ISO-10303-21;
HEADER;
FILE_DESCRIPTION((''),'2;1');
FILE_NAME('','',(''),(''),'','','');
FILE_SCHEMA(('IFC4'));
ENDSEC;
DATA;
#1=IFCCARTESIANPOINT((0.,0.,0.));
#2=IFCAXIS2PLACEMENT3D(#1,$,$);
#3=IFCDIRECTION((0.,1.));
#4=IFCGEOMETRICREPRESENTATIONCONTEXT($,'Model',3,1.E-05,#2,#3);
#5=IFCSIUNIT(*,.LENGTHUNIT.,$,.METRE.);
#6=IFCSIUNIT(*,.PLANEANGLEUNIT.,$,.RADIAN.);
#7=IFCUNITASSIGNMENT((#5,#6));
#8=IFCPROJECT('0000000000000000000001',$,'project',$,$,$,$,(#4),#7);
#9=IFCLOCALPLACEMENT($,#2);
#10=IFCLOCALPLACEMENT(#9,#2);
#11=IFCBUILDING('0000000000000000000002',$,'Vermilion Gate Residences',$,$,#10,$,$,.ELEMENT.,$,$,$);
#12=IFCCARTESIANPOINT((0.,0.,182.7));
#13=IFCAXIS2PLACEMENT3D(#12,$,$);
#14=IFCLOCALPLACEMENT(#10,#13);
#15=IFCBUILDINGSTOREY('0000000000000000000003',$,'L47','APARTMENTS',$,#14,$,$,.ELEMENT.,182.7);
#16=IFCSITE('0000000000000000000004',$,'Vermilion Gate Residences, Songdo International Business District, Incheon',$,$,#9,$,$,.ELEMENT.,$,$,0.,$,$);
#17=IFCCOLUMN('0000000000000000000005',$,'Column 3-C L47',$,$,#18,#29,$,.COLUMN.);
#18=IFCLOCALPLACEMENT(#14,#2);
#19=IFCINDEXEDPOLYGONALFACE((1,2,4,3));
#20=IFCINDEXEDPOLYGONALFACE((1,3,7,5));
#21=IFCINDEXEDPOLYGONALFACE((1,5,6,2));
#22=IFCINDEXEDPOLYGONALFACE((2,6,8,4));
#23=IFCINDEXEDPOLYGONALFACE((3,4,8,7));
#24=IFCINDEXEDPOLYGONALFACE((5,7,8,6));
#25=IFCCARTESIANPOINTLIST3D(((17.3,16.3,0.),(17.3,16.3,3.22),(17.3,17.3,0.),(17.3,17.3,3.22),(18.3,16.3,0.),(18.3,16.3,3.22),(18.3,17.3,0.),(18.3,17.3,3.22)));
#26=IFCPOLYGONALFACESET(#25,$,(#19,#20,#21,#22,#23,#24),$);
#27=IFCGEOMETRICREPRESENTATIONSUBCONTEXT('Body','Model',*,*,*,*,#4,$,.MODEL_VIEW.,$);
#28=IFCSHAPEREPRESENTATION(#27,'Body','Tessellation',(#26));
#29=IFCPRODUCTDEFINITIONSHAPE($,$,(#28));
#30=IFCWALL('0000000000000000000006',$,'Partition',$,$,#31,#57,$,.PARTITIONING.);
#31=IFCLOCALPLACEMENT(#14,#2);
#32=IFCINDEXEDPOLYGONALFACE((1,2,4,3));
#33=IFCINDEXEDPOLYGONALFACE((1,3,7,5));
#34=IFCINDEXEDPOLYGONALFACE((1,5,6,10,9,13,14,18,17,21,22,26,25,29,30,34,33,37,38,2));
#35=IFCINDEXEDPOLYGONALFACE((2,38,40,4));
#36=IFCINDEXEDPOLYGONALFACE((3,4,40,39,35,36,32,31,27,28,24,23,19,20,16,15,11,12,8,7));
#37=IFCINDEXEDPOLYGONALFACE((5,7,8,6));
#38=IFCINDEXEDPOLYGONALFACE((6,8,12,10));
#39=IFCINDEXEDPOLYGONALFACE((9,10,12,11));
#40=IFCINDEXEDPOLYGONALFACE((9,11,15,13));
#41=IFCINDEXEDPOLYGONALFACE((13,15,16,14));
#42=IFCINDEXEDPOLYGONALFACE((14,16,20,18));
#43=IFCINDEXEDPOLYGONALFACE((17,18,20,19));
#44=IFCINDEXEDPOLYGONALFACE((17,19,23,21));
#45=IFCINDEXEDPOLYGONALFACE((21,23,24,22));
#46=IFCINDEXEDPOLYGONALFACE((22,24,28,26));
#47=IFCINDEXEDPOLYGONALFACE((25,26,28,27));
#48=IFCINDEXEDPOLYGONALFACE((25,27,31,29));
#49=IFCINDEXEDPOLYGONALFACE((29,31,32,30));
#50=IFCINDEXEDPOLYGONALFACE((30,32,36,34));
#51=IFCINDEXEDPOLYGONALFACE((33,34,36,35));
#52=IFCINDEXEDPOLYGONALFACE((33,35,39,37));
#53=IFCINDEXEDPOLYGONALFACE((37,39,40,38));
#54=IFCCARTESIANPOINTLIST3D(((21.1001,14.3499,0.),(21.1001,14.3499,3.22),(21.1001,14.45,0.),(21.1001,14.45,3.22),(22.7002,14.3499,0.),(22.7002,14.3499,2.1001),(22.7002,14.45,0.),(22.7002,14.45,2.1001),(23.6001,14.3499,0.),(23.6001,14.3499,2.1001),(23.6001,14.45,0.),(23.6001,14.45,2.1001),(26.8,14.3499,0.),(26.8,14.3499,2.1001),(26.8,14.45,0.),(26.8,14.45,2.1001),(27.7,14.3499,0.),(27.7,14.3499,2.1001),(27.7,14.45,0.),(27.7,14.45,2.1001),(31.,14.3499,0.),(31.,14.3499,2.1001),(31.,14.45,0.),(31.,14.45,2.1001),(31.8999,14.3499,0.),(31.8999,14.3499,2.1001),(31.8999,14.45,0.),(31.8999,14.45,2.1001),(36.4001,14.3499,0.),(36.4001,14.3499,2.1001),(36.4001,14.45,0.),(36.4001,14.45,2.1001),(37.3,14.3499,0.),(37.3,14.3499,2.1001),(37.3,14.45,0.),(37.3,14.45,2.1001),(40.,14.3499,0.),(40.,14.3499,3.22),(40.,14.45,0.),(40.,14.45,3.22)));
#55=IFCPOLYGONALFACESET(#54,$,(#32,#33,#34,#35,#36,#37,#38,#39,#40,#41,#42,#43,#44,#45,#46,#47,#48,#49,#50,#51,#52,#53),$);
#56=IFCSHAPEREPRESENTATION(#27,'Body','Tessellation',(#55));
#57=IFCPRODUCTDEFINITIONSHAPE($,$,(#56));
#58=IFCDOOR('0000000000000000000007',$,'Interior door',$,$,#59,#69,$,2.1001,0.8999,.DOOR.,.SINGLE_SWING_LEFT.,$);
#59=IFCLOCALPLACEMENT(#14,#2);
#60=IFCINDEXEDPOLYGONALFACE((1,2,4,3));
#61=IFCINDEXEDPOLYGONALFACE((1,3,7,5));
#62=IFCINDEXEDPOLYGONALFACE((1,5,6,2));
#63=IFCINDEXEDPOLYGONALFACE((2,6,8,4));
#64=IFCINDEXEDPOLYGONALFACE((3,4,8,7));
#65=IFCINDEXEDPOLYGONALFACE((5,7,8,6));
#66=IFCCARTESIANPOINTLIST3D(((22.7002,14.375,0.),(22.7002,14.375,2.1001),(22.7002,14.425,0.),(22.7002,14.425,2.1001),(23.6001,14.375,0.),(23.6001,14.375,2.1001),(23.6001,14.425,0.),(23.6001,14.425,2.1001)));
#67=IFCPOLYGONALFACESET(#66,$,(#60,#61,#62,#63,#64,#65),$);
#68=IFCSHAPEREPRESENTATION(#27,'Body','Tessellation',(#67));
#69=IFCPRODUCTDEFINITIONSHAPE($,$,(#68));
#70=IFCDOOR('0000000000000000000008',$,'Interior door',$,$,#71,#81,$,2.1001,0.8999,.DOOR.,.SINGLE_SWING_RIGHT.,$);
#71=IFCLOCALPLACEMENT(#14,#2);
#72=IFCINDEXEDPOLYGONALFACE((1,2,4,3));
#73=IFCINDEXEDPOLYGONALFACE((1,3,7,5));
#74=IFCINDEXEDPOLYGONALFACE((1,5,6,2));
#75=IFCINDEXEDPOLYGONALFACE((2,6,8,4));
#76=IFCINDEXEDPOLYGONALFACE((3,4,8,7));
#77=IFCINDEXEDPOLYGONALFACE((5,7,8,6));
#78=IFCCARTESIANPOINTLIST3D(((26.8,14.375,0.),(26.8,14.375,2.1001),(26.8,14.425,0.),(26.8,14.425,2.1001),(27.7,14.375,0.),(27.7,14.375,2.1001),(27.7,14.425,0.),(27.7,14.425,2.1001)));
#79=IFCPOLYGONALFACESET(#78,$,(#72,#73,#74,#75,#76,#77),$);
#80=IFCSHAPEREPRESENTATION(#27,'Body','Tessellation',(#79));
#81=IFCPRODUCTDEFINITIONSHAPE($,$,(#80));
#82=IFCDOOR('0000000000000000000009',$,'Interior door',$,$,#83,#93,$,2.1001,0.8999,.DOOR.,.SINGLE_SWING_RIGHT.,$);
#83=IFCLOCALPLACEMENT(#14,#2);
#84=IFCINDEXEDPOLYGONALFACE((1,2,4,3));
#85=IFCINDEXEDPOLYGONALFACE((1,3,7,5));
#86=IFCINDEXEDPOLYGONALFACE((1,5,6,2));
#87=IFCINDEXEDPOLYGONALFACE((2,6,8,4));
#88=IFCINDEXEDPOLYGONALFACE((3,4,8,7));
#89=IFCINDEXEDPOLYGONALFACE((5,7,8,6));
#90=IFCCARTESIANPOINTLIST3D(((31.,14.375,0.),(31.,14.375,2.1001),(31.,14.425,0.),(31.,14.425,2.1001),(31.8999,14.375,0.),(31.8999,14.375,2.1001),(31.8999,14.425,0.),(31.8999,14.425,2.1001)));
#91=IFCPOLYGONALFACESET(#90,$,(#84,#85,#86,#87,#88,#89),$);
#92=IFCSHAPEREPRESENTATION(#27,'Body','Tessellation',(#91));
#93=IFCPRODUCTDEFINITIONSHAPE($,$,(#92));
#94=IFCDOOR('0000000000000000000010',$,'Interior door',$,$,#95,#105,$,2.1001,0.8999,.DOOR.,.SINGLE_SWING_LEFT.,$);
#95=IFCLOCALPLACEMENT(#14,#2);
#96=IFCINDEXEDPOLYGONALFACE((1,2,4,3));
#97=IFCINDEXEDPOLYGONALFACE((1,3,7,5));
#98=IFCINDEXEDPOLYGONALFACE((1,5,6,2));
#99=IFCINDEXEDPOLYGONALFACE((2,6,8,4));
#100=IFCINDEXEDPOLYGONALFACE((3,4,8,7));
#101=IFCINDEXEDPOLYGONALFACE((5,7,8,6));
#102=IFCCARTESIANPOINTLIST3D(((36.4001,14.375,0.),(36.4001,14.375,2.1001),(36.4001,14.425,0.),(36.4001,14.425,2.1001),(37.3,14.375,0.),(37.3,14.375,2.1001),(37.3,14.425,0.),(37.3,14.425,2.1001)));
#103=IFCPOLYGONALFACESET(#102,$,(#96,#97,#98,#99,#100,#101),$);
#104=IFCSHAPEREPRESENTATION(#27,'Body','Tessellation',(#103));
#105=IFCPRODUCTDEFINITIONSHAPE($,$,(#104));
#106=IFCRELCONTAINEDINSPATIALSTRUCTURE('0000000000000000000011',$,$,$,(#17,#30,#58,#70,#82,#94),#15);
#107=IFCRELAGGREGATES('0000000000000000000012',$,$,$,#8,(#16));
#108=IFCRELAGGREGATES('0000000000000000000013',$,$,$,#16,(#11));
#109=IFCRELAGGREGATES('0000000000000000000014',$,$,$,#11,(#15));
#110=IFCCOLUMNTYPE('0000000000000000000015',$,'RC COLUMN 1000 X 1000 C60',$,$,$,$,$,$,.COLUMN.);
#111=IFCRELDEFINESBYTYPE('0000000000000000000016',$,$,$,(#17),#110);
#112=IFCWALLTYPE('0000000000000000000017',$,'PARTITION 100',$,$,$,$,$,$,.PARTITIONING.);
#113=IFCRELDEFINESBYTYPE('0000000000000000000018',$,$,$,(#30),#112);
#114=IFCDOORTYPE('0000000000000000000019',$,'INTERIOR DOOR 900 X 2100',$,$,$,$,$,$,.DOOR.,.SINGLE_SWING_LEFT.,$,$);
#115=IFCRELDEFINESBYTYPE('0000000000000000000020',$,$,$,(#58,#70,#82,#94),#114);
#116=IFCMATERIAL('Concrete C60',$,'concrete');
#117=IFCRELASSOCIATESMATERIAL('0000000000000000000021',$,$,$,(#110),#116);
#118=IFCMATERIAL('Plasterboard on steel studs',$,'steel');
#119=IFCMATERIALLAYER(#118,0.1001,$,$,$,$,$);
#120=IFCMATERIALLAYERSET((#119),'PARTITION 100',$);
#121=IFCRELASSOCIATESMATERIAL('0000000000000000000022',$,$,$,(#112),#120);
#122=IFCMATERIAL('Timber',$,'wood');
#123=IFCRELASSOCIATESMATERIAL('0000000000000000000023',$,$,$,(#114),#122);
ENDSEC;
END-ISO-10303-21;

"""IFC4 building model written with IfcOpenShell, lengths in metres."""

from ifc_helpers import new_model, si_unit, direction, frame, frame_2d, origin, origin_2d, place, context, subcontext, project, spatial, rectangle, extrude, material, layer, layer_set, material_profile, profile_set, type_object, element, fill, save


model = new_model("IFC4")

# Units and contexts
model_context = context("Model", 3, precision=1e-05, world=origin(), true_north=direction((0.0, 1.0)))
body_context = subcontext(model_context, "Body", "Model", "MODEL_VIEW")
ifc_project = project(units=[si_unit("LENGTHUNIT", "METRE"), si_unit("PLANEANGLEUNIT", "RADIAN")], contexts=[model_context])

# Site, building, storey
site_placement = place(None, origin())
site = spatial("IfcSite", under=ifc_project, at=site_placement, Name="Vermilion Gate Residences, Songdo International Business District, Incheon", CompositionType="ELEMENT", RefElevation=0.0)
building_placement = place(site_placement, origin())
building = spatial("IfcBuilding", under=site, at=building_placement, Name="Vermilion Gate Residences", CompositionType="ELEMENT")
storey_placement = place(building_placement, frame((0.0, 0.0, 182.7)))
storey = spatial("IfcBuildingStorey", under=building, at=storey_placement, Name="L47", Description="APARTMENTS", CompositionType="ELEMENT", Elevation=182.7)

# Column
ifc_material_1 = material(Name="Concrete C60", Category="concrete")
ifc_material_profile = material_profile(ifc_material_1, rectangle(XDim=1.0, YDim=1.0, at=origin_2d()), Name="RC-1000x1000")
ifc_profile_set = profile_set([ifc_material_profile], Name="Concrete C60")
column_type = type_object("IfcColumnType", Name="RC COLUMN 1000 X 1000 C60", PredefinedType="COLUMN", material=ifc_profile_set)
column_placement = place(storey_placement, frame((17.8, 16.8, 0.0), z_axis=(0.0, 0.0, 1.0), x_axis=(1.0, 0.0, 0.0)))
element("IfcColumn", 1, at=column_placement, inside=storey, type_object=column_type, Name="Column 3-C L47", PredefinedType="COLUMN", context=body_context, shape_type="SweptSolid", body=[
    extrude(rectangle(XDim=1.0, YDim=1.0, at=origin_2d()), origin(), (0.0, 0.0, 1.0), 3.22),
])

# Wall, openings, doors
ifc_material_2 = material(Name="Plasterboard on steel studs", Category="steel")
ifc_layer_1 = layer(ifc_material_2, 0.1001)
ifc_layer_set_1 = layer_set([ifc_layer_1], Name="PARTITION 100")
wall_type_1 = type_object("IfcWallType", Name="PARTITION 100", PredefinedType="PARTITIONING", material=ifc_layer_set_1)
wall_1_placement = place(storey_placement, frame((21.1001, 14.3999, 0.0), z_axis=(0.0, 0.0, 1.0), x_axis=(1.0, 0.0, 0.0)))
wall_1 = element("IfcWall", 2, at=wall_1_placement, inside=storey, type_object=wall_type_1, Name="Partition", PredefinedType="PARTITIONING", context=body_context, shape_type="SweptSolid", body=[
    extrude(rectangle(XDim=18.8999, YDim=0.1001, at=frame_2d((9.45, 0.0))), origin(), (0.0, 0.0, 1.0), 3.22),
])
opening_1_placement = place(wall_1_placement, frame((1.6001, 0.0, 0.0)))
opening_1 = element("IfcOpeningElement", 3, at=opening_1_placement, cuts=wall_1, PredefinedType="OPENING", context=body_context, shape_type="SweptSolid", body=[
    extrude(rectangle(XDim=0.8999, YDim=2.1001, at=frame_2d((0.45, 1.05))), frame((0.0, 0.0601, 0.0), z_axis=(0.0, -1.0, 0.0), x_axis=(1.0, 0.0, 0.0)), (0.0, 0.0, 1.0), 0.1201),
])
opening_2_placement = place(wall_1_placement, frame((5.7, 0.0, 0.0)))
opening_2 = element("IfcOpeningElement", 4, at=opening_2_placement, cuts=wall_1, PredefinedType="OPENING", context=body_context, shape_type="SweptSolid", body=[
    extrude(rectangle(XDim=0.8999, YDim=2.1001, at=frame_2d((0.45, 1.05))), frame((0.0, 0.0601, 0.0), z_axis=(0.0, -1.0, 0.0), x_axis=(1.0, 0.0, 0.0)), (0.0, 0.0, 1.0), 0.1201),
])
opening_3_placement = place(wall_1_placement, frame((9.8999, 0.0, 0.0)))
opening_3 = element("IfcOpeningElement", 5, at=opening_3_placement, cuts=wall_1, PredefinedType="OPENING", context=body_context, shape_type="SweptSolid", body=[
    extrude(rectangle(XDim=0.8999, YDim=2.1001, at=frame_2d((0.45, 1.05))), frame((0.0, 0.0601, 0.0), z_axis=(0.0, -1.0, 0.0), x_axis=(1.0, 0.0, 0.0)), (0.0, 0.0, 1.0), 0.1201),
])
opening_4_placement = place(wall_1_placement, frame((15.3, 0.0, 0.0)))
opening_4 = element("IfcOpeningElement", 6, at=opening_4_placement, cuts=wall_1, PredefinedType="OPENING", context=body_context, shape_type="SweptSolid", body=[
    extrude(rectangle(XDim=0.8999, YDim=2.1001, at=frame_2d((0.45, 1.05))), frame((0.0, 0.0601, 0.0), z_axis=(0.0, -1.0, 0.0), x_axis=(1.0, 0.0, 0.0)), (0.0, 0.0, 1.0), 0.1201),
])
ifc_material_3 = material(Name="Timber", Category="wood")
door_type_1 = type_object("IfcDoorType", Name="INTERIOR DOOR 900 X 2100", OperationType="SINGLE_SWING_LEFT", PredefinedType="DOOR", material=ifc_material_3)
door_1_placement = place(opening_1_placement, frame((0.8999, 0.0, 0.0), z_axis=(0.0, 0.0, 1.0), x_axis=(-1.0, 0.0, 0.0)))
door_1 = element("IfcDoor", 7, at=door_1_placement, inside=storey, type_object=door_type_1, Name="Interior door", OperationType="SINGLE_SWING_LEFT", OverallHeight=2.1001, OverallWidth=0.8999, PredefinedType="DOOR", context=body_context, shape_type="SweptSolid", body=[
    extrude(rectangle(XDim=0.8999, YDim=2.1001, at=frame_2d((0.45, 1.05))), frame((0.0, 0.0249, 0.0), z_axis=(0.0, -1.0, 0.0), x_axis=(1.0, 0.0, 0.0)), (0.0, 0.0, 1.0), 0.05),
])
fill(opening_1, door_1)
door_2_placement = place(opening_2_placement, frame((0.8999, 0.0, 0.0), z_axis=(0.0, 0.0, 1.0), x_axis=(-1.0, 0.0, 0.0)))
door_2 = element("IfcDoor", 8, at=door_2_placement, inside=storey, type_object=door_type_1, Name="Interior door", OperationType="SINGLE_SWING_RIGHT", OverallHeight=2.1001, OverallWidth=0.8999, PredefinedType="DOOR", context=body_context, shape_type="SweptSolid", body=[
    extrude(rectangle(XDim=0.8999, YDim=2.1001, at=frame_2d((0.45, 1.05))), frame((0.0, 0.0249, 0.0), z_axis=(0.0, -1.0, 0.0), x_axis=(1.0, 0.0, 0.0)), (0.0, 0.0, 1.0), 0.05),
])
fill(opening_2, door_2)
door_3_placement = place(opening_3_placement, frame((0.8999, 0.0, 0.0), z_axis=(0.0, 0.0, 1.0), x_axis=(-1.0, 0.0, 0.0)))
door_3 = element("IfcDoor", 9, at=door_3_placement, inside=storey, type_object=door_type_1, Name="Interior door", OperationType="SINGLE_SWING_RIGHT", OverallHeight=2.1001, OverallWidth=0.8999, PredefinedType="DOOR", context=body_context, shape_type="SweptSolid", body=[
    extrude(rectangle(XDim=0.8999, YDim=2.1001, at=frame_2d((0.45, 1.05))), frame((0.0, 0.0249, 0.0), z_axis=(0.0, -1.0, 0.0), x_axis=(1.0, 0.0, 0.0)), (0.0, 0.0, 1.0), 0.05),
])
fill(opening_3, door_3)
door_4_placement = place(opening_4_placement, frame((0.8999, 0.0, 0.0), z_axis=(0.0, 0.0, 1.0), x_axis=(-1.0, 0.0, 0.0)))
door_4 = element("IfcDoor", 10, at=door_4_placement, inside=storey, type_object=door_type_1, Name="Interior door", OperationType="SINGLE_SWING_LEFT", OverallHeight=2.1001, OverallWidth=0.8999, PredefinedType="DOOR", context=body_context, shape_type="SweptSolid", body=[
    extrude(rectangle(XDim=0.8999, YDim=2.1001, at=frame_2d((0.45, 1.05))), frame((0.0, 0.0249, 0.0), z_axis=(0.0, -1.0, 0.0), x_axis=(1.0, 0.0, 0.0)), (0.0, 0.0, 1.0), 0.05),
])
fill(opening_4, door_4)

save(model, "model.ifc")
